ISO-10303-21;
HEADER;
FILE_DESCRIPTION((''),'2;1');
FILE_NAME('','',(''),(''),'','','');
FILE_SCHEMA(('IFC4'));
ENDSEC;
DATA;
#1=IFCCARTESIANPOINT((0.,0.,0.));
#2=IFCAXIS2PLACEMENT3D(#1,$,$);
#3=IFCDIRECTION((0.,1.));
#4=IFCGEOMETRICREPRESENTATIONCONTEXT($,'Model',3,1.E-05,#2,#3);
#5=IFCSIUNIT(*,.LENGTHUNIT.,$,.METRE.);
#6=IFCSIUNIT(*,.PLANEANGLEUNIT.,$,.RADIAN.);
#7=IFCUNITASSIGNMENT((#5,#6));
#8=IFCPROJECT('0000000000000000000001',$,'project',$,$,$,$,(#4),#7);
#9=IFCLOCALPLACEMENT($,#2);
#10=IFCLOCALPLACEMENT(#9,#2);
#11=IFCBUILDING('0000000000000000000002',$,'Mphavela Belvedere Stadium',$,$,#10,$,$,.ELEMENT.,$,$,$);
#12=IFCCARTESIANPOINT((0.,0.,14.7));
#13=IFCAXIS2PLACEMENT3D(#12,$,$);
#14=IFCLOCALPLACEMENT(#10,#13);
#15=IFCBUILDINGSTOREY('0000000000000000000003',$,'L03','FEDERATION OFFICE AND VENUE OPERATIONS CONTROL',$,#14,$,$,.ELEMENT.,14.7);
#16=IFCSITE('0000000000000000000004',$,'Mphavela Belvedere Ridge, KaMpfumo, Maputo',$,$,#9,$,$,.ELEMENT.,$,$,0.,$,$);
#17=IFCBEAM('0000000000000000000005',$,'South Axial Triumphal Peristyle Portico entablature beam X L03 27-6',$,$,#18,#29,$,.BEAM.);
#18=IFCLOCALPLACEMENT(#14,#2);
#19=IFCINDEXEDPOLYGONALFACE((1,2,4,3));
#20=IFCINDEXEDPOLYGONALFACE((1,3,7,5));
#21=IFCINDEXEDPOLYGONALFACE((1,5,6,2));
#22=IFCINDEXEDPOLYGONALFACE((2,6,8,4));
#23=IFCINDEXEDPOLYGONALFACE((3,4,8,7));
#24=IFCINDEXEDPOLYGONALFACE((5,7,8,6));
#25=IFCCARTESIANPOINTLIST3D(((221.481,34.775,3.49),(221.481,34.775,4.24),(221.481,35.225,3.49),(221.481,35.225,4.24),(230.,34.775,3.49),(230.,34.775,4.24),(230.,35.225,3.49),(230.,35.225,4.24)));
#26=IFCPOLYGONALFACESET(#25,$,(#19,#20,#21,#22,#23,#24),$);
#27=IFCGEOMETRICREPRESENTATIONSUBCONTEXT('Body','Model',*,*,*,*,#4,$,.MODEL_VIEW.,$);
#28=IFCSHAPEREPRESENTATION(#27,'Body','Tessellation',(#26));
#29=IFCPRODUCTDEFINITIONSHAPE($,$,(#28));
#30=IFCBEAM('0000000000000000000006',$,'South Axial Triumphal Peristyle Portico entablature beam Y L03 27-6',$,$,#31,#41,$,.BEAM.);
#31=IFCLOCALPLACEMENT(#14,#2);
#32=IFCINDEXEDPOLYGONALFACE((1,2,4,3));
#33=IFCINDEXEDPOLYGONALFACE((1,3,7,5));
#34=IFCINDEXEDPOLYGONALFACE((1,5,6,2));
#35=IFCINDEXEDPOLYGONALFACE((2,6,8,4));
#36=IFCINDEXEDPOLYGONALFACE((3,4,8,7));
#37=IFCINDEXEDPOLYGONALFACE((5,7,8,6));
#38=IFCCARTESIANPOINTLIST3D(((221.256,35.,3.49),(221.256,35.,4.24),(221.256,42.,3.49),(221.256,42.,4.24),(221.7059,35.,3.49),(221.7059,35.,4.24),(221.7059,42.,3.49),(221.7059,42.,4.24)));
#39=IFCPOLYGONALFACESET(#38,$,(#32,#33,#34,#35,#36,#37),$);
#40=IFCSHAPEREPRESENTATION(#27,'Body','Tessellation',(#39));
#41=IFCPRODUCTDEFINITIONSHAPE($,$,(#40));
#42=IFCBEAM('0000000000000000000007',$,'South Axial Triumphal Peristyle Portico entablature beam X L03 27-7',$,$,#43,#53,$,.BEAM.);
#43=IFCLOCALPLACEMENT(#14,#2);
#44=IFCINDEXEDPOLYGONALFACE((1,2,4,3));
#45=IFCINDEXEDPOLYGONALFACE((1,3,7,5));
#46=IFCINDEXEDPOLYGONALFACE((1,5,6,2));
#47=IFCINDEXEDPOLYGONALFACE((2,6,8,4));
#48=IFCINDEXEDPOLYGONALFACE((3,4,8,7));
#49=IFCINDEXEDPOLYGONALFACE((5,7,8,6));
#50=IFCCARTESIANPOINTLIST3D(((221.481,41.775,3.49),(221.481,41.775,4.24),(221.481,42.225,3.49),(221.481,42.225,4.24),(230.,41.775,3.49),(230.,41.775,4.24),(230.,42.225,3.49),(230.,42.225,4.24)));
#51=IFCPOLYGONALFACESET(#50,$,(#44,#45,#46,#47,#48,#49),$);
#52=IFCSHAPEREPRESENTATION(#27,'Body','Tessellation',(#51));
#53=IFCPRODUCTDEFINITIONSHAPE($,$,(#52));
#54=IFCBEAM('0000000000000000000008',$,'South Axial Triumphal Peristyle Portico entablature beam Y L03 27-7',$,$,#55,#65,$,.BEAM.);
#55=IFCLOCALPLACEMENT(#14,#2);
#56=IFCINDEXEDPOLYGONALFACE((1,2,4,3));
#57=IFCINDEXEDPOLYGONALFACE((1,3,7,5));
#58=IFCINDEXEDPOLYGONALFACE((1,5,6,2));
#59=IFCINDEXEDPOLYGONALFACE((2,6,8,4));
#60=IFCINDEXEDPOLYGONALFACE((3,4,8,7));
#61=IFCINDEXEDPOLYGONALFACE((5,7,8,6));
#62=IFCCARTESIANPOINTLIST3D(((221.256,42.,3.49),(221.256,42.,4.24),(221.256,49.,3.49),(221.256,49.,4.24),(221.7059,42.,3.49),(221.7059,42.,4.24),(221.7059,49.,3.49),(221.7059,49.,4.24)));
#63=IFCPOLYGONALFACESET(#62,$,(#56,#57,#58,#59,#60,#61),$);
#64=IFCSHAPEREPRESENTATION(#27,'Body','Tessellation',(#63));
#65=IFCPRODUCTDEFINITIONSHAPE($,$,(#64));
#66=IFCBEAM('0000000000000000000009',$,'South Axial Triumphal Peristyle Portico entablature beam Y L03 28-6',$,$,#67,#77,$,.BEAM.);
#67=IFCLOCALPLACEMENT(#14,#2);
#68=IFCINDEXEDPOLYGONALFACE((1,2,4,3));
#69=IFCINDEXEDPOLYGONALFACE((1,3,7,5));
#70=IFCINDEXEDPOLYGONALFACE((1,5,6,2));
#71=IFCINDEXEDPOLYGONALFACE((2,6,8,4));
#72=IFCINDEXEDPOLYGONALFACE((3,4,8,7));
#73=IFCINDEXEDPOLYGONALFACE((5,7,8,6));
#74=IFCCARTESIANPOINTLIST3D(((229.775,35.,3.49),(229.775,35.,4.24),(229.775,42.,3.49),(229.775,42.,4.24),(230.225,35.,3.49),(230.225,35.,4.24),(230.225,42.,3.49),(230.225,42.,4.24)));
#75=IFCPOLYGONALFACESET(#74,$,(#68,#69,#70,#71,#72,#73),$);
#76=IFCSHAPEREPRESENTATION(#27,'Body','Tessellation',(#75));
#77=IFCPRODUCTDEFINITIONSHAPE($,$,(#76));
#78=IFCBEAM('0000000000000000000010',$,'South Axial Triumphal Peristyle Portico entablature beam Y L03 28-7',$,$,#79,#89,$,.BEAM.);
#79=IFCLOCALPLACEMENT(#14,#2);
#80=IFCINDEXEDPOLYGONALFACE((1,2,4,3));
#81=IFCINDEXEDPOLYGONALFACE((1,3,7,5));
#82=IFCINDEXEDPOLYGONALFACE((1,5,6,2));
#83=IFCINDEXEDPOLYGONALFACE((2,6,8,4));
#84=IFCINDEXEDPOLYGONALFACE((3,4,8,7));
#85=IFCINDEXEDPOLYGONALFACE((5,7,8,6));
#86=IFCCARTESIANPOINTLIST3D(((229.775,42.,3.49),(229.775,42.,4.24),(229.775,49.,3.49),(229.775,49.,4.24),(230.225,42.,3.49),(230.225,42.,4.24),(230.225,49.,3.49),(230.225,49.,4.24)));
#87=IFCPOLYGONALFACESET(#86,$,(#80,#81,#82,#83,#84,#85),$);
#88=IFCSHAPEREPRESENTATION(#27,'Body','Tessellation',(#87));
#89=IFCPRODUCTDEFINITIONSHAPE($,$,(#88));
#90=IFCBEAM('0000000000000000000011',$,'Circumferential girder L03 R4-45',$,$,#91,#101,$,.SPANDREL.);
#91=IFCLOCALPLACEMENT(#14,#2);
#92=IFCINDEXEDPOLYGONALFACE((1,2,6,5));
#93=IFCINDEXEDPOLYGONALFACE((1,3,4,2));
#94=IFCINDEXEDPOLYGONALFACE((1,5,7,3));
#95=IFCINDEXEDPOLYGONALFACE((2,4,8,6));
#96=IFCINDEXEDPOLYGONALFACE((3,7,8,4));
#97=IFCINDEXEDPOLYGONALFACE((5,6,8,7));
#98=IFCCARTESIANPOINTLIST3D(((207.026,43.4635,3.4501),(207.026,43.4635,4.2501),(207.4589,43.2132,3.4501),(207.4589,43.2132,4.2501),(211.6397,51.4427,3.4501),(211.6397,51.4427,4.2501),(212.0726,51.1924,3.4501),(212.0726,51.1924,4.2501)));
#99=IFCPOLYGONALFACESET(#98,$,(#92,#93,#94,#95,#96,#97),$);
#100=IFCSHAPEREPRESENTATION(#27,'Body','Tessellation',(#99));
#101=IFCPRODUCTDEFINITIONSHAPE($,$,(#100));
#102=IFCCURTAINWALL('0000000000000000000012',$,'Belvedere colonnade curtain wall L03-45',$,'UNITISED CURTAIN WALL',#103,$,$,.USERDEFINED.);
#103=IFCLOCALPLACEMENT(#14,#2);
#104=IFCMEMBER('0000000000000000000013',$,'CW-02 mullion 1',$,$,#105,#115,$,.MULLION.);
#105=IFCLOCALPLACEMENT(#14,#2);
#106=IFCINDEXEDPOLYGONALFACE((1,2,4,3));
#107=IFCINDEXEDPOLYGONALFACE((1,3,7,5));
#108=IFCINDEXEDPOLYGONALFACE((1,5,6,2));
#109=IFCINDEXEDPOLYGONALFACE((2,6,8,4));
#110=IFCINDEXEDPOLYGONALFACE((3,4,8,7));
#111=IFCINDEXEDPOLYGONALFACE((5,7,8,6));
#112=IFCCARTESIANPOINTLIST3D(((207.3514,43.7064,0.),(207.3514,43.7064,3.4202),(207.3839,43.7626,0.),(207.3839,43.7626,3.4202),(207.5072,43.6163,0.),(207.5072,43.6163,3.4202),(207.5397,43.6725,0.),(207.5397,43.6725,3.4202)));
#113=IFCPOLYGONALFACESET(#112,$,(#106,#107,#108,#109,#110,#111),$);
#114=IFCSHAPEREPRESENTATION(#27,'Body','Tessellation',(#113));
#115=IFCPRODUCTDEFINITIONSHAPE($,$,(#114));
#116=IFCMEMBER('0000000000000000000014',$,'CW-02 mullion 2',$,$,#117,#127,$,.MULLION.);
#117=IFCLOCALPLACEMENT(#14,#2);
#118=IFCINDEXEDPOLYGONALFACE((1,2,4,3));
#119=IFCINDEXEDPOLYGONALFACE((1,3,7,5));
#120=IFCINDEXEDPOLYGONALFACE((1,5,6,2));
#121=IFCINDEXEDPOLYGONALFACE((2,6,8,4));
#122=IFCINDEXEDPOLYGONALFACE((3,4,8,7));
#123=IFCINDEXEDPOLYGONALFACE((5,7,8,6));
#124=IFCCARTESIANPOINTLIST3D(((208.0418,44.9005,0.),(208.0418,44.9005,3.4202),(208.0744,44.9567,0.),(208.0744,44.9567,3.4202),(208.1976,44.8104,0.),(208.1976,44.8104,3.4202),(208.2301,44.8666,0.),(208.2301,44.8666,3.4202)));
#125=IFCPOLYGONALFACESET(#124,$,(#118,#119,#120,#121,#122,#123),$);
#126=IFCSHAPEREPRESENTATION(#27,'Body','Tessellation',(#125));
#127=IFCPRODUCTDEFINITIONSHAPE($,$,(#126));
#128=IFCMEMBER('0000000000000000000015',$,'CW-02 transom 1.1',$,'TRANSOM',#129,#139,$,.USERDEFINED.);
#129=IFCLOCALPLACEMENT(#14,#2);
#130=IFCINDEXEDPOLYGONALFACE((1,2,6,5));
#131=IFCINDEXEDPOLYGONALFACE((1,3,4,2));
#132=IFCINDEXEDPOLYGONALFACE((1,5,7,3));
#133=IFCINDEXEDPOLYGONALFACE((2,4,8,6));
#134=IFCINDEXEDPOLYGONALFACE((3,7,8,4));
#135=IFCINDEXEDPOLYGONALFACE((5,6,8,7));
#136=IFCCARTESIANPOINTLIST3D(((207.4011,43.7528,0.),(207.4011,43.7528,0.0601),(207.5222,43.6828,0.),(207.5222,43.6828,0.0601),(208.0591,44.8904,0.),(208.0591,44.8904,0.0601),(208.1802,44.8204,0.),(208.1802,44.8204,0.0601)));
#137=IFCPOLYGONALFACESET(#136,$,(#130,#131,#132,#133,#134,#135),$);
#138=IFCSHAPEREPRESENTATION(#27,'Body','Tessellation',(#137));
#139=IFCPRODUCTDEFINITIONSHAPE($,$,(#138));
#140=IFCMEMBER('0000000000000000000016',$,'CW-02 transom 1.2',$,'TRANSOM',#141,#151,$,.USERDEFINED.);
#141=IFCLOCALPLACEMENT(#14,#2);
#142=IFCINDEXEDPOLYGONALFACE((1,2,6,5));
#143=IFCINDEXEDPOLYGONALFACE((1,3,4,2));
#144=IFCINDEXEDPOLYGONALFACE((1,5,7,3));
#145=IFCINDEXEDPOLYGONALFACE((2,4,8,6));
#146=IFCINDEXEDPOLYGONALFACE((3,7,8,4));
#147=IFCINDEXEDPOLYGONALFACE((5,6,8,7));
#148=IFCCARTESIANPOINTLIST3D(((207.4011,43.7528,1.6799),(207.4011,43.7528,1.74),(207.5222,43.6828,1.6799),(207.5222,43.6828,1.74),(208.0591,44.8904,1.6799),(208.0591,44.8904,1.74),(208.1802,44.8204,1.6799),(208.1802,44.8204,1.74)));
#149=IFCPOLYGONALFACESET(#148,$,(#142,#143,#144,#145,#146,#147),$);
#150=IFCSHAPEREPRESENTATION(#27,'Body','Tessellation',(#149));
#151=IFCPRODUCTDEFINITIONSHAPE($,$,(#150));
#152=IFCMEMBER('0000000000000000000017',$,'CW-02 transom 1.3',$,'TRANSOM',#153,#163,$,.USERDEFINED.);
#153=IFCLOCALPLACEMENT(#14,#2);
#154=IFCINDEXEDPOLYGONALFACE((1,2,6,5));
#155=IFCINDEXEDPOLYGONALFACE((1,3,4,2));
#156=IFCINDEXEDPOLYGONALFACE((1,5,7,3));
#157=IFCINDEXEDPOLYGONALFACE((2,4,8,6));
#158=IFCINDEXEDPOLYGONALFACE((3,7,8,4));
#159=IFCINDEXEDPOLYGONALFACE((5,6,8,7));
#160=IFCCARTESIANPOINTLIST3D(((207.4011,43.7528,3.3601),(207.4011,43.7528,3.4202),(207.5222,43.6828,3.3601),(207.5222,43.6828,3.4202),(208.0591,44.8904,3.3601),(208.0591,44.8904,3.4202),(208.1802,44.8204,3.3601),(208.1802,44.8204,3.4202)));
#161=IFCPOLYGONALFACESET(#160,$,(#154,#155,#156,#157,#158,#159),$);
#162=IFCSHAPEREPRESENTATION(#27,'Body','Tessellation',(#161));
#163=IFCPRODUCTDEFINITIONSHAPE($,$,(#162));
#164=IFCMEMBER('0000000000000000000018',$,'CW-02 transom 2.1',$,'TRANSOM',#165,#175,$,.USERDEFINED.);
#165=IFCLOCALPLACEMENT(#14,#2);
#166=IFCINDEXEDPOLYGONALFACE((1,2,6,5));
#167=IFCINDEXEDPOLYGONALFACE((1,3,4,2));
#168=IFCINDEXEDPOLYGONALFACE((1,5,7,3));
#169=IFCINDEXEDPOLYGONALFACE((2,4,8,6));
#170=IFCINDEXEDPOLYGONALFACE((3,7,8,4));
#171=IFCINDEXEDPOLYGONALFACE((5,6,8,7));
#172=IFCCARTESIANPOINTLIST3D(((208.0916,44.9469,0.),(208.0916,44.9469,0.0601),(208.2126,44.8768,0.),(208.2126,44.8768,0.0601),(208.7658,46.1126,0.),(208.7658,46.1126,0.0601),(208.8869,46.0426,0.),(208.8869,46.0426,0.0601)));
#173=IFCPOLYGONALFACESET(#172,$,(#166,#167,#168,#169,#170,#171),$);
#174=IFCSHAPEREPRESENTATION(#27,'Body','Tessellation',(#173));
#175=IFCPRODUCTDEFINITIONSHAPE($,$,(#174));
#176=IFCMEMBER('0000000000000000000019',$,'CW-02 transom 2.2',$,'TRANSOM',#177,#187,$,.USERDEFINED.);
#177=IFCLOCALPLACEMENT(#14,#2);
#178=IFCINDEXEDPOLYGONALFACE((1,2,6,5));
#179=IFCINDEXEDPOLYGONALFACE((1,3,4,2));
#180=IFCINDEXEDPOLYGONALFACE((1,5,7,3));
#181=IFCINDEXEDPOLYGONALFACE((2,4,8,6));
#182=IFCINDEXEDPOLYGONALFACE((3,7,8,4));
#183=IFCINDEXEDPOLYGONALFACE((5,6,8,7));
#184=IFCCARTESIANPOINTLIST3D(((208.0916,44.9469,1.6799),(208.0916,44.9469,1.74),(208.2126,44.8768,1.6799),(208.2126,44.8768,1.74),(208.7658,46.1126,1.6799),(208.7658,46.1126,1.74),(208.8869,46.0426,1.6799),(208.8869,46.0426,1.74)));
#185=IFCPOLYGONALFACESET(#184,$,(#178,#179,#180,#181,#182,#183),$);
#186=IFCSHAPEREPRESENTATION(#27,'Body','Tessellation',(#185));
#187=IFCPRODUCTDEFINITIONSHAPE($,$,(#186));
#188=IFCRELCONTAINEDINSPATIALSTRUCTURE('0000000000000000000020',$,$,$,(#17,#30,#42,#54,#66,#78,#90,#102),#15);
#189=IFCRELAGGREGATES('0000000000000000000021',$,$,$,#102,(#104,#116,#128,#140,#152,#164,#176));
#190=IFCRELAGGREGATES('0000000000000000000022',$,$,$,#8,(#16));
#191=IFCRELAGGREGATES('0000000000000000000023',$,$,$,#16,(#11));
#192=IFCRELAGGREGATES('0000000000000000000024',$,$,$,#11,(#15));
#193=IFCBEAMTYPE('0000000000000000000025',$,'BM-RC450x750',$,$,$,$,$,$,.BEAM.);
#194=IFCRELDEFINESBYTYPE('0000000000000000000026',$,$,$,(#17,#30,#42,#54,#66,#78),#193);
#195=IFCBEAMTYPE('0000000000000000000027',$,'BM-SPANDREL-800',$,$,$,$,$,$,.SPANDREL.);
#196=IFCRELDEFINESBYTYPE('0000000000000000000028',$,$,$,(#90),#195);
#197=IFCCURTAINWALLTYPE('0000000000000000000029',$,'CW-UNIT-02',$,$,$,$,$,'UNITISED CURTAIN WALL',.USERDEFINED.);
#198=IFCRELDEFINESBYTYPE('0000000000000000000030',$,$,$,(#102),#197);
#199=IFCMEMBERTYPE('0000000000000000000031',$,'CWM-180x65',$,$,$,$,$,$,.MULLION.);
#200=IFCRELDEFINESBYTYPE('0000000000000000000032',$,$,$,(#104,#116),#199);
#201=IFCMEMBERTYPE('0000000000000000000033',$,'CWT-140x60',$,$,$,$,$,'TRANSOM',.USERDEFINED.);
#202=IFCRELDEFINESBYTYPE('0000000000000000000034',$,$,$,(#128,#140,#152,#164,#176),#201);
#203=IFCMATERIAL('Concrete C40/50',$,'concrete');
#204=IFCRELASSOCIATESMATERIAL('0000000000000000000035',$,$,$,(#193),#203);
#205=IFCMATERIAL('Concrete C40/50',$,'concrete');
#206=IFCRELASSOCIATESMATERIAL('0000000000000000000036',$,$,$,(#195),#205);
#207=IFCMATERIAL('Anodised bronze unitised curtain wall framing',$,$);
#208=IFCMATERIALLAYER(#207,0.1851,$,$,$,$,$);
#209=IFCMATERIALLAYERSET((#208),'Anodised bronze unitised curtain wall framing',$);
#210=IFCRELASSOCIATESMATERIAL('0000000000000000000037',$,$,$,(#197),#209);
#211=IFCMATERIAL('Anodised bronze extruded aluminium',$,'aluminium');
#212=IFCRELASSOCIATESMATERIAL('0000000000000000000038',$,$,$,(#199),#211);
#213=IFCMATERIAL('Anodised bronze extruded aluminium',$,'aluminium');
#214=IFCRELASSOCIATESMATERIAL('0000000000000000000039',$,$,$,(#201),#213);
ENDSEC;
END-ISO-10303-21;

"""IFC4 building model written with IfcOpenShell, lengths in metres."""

from ifc_helpers import new_model, si_unit, direction, frame, origin, origin_2d, place, context, subcontext, project, spatial, rectangle, extrude, material, layer, layer_set, material_profile, profile_set, type_object, element, aggregate, save


model = new_model("IFC4")

# Units and contexts
model_context = context("Model", 3, precision=1e-05, world=origin(), true_north=direction((0.0, 1.0)))
body_context = subcontext(model_context, "Body", "Model", "MODEL_VIEW")
ifc_project = project(units=[si_unit("LENGTHUNIT", "METRE"), si_unit("PLANEANGLEUNIT", "RADIAN")], contexts=[model_context])

# Site, building, storey
site_placement = place(None, origin())
site = spatial("IfcSite", under=ifc_project, at=site_placement, Name="Mphavela Belvedere Ridge, KaMpfumo, Maputo", CompositionType="ELEMENT", RefElevation=0.0)
building_placement = place(site_placement, origin())
building = spatial("IfcBuilding", under=site, at=building_placement, Name="Mphavela Belvedere Stadium", CompositionType="ELEMENT")
storey_placement = place(building_placement, frame((0.0, 0.0, 14.7)))
storey = spatial("IfcBuildingStorey", under=building, at=storey_placement, Name="L03", Description="FEDERATION OFFICE AND VENUE OPERATIONS CONTROL", CompositionType="ELEMENT", Elevation=14.7)

# Beams
ifc_material_1 = material(Name="Concrete C40/50", Category="concrete")
ifc_material_profile_1 = material_profile(ifc_material_1, rectangle(XDim=0.45, YDim=0.75, at=origin_2d()), Name="RC 450x750")
ifc_profile_set_1 = profile_set([ifc_material_profile_1], Name="Concrete C40/50")
beam_type_1 = type_object("IfcBeamType", Name="BM-RC450x750", PredefinedType="BEAM", material=ifc_profile_set_1)
beam_1_placement = place(storey_placement, frame((221.481, 35.0, 3.865), z_axis=(1.0, 0.0, 0.0), x_axis=(0.0, 1.0, 0.0)))
element("IfcBeam", 1, at=beam_1_placement, inside=storey, type_object=beam_type_1, Name="South Axial Triumphal Peristyle Portico entablature beam X L03 27-6", PredefinedType="BEAM", context=body_context, shape_type="SweptSolid", body=[
    extrude(rectangle(XDim=0.45, YDim=0.75, at=origin_2d()), origin(), (0.0, 0.0, 1.0), 8.519),
])
beam_2_placement = place(storey_placement, frame((221.481, 35.0, 3.865), z_axis=(0.0, 1.0, 0.0), x_axis=(-1.0, 0.0, 0.0)))
element("IfcBeam", 2, at=beam_2_placement, inside=storey, type_object=beam_type_1, Name="South Axial Triumphal Peristyle Portico entablature beam Y L03 27-6", PredefinedType="BEAM", context=body_context, shape_type="SweptSolid", body=[
    extrude(rectangle(XDim=0.45, YDim=0.75, at=origin_2d()), origin(), (0.0, 0.0, 1.0), 7.0),
])
beam_3_placement = place(storey_placement, frame((221.481, 42.0, 3.865), z_axis=(1.0, 0.0, 0.0), x_axis=(0.0, 1.0, 0.0)))
element("IfcBeam", 3, at=beam_3_placement, inside=storey, type_object=beam_type_1, Name="South Axial Triumphal Peristyle Portico entablature beam X L03 27-7", PredefinedType="BEAM", context=body_context, shape_type="SweptSolid", body=[
    extrude(rectangle(XDim=0.45, YDim=0.75, at=origin_2d()), origin(), (0.0, 0.0, 1.0), 8.519),
])
for number, where, z_axis, x_axis, name in (
    (4, (221.481, 42.0, 3.865), (0.0, 1.0, 0.0), (-1.0, 0.0, 0.0), "South Axial Triumphal Peristyle Portico entablature beam Y L03 27-7"),
    (5, (230.0, 35.0, 3.865), (0.0, 1.0, 0.0), (-1.0, 0.0, 0.0), "South Axial Triumphal Peristyle Portico entablature beam Y L03 28-6"),
    (6, (230.0, 42.0, 3.865), (0.0, 1.0, 0.0), (-1.0, 0.0, 0.0), "South Axial Triumphal Peristyle Portico entablature beam Y L03 28-7"),
):
    element("IfcBeam", number, at=place(storey_placement, frame(where, z_axis=z_axis, x_axis=x_axis)), inside=storey, type_object=beam_type_1, Name=name, PredefinedType="BEAM", context=body_context, shape_type="SweptSolid", body=[
        extrude(rectangle(XDim=0.45, YDim=0.75, at=origin_2d()), origin(), (0.0, 0.0, 1.0), 7.0),
    ])
ifc_material_2 = material(Name="Concrete C40/50", Category="concrete")
ifc_material_profile_2 = material_profile(ifc_material_2, rectangle(XDim=0.5, YDim=0.8, at=origin_2d()), Name="RC 500x800")
ifc_profile_set_2 = profile_set([ifc_material_profile_2], Name="Concrete C40/50")
beam_type_2 = type_object("IfcBeamType", Name="BM-SPANDREL-800", PredefinedType="SPANDREL", material=ifc_profile_set_2)
beam_4_placement = place(storey_placement, frame((207.2424, 43.3384, 3.8501), z_axis=(0.500565, 0.865699, 0.0), x_axis=(-0.865699, 0.500565, 0.0)))
element("IfcBeam", 7, at=beam_4_placement, inside=storey, type_object=beam_type_2, Name="Circumferential girder L03 R4-45", PredefinedType="SPANDREL", context=body_context, shape_type="SweptSolid", body=[
    extrude(rectangle(XDim=0.5, YDim=0.8, at=origin_2d()), origin(), (0.0, 0.0, 1.0), 9.217),
])

# Curtain wall, members
ifc_material_3 = material(Name="Anodised bronze unitised curtain wall framing")
ifc_layer_1 = layer(ifc_material_3, 0.1851)
ifc_layer_set_1 = layer_set([ifc_layer_1], Name="Anodised bronze unitised curtain wall framing")
curtain_wall_type = type_object("IfcCurtainWallType", Name="CW-UNIT-02", ElementType="UNITISED CURTAIN WALL", PredefinedType="USERDEFINED", material=ifc_layer_set_1)
curtain_wall_placement = place(storey_placement, origin())
curtain_wall = element("IfcCurtainWall", 8, at=curtain_wall_placement, inside=storey, type_object=curtain_wall_type, Name="Belvedere colonnade curtain wall L03-45", ObjectType="UNITISED CURTAIN WALL", PredefinedType="USERDEFINED")
ifc_material_4 = material(Name="Anodised bronze extruded aluminium", Category="aluminium")
ifc_material_profile_3 = material_profile(ifc_material_4, rectangle(XDim=0.1799, YDim=0.0649, at=origin_2d()), Name="CW-MUL 180x65")
ifc_profile_set_3 = profile_set([ifc_material_profile_3], Name="Anodised bronze extruded aluminium")
member_type_1 = type_object("IfcMemberType", Name="CWM-180x65", PredefinedType="MULLION", material=ifc_profile_set_3)
member_1_placement = place(storey_placement, frame((207.4456, 43.6895, 0.0), z_axis=(0.0, 0.0, 1.0), x_axis=(-0.865705, 0.500554, 0.0)))
member_1 = element("IfcMember", 9, at=member_1_placement, type_object=member_type_1, Name="CW-02 mullion 1", PredefinedType="MULLION", context=body_context, shape_type="SweptSolid", body=[
    extrude(rectangle(XDim=0.1799, YDim=0.0649, at=origin_2d()), origin(), (0.0, 0.0, 1.0), 3.4202),
])
member_2_placement = place(storey_placement, frame((208.136, 44.8835, 0.0), z_axis=(0.0, 0.0, 1.0), x_axis=(-0.865705, 0.500554, 0.0)))
member_2 = element("IfcMember", 10, at=member_2_placement, type_object=member_type_1, Name="CW-02 mullion 2", PredefinedType="MULLION", context=body_context, shape_type="SweptSolid", body=[
    extrude(rectangle(XDim=0.1799, YDim=0.0649, at=origin_2d()), origin(), (0.0, 0.0, 1.0), 3.4202),
])
ifc_material_5 = material(Name="Anodised bronze extruded aluminium", Category="aluminium")
ifc_material_profile_4 = material_profile(ifc_material_5, rectangle(XDim=0.1399, YDim=0.0601, at=origin_2d()), Name="CW-TRN 140x60")
ifc_profile_set_4 = profile_set([ifc_material_profile_4], Name="Anodised bronze extruded aluminium")
member_type_2 = type_object("IfcMemberType", Name="CWT-140x60", ElementType="TRANSOM", PredefinedType="USERDEFINED", material=ifc_profile_set_4)
member_3_placement = place(storey_placement, frame((207.4617, 43.7178, 0.03), z_axis=(0.500633, 0.865659, 0.0), x_axis=(-0.865659, 0.500633, 0.0)))
member_3 = element("IfcMember", 11, at=member_3_placement, type_object=member_type_2, Name="CW-02 transom 1.1", ObjectType="TRANSOM", PredefinedType="USERDEFINED", context=body_context, shape_type="SweptSolid", body=[
    extrude(rectangle(XDim=0.1399, YDim=0.0601, at=origin_2d()), origin(), (0.0, 0.0, 1.0), 1.3142),
])
member_4_placement = place(storey_placement, frame((207.4617, 43.7178, 1.71), z_axis=(0.500633, 0.865659, 0.0), x_axis=(-0.865659, 0.500633, 0.0)))
member_4 = element("IfcMember", 12, at=member_4_placement, type_object=member_type_2, Name="CW-02 transom 1.2", ObjectType="TRANSOM", PredefinedType="USERDEFINED", context=body_context, shape_type="SweptSolid", body=[
    extrude(rectangle(XDim=0.1399, YDim=0.0601, at=origin_2d()), origin(), (0.0, 0.0, 1.0), 1.3142),
])
member_5_placement = place(storey_placement, frame((207.4617, 43.7178, 3.3901), z_axis=(0.500633, 0.865659, 0.0), x_axis=(-0.865659, 0.500633, 0.0)))
member_5 = element("IfcMember", 13, at=member_5_placement, type_object=member_type_2, Name="CW-02 transom 1.3", ObjectType="TRANSOM", PredefinedType="USERDEFINED", context=body_context, shape_type="SweptSolid", body=[
    extrude(rectangle(XDim=0.1399, YDim=0.0601, at=origin_2d()), origin(), (0.0, 0.0, 1.0), 1.3142),
])
member_6_placement = place(storey_placement, frame((208.1521, 44.9119, 0.03), z_axis=(0.5007, 0.865621, 0.0), x_axis=(-0.865621, 0.5007, 0.0)))
member_6 = element("IfcMember", 14, at=member_6_placement, type_object=member_type_2, Name="CW-02 transom 2.1", ObjectType="TRANSOM", PredefinedType="USERDEFINED", context=body_context, shape_type="SweptSolid", body=[
    extrude(rectangle(XDim=0.1399, YDim=0.0601, at=origin_2d()), origin(), (0.0, 0.0, 1.0), 1.3467),
])
member_7_placement = place(storey_placement, frame((208.1521, 44.9119, 1.71), z_axis=(0.5007, 0.865621, 0.0), x_axis=(-0.865621, 0.5007, 0.0)))
member_7 = element("IfcMember", 15, at=member_7_placement, type_object=member_type_2, Name="CW-02 transom 2.2", ObjectType="TRANSOM", PredefinedType="USERDEFINED", context=body_context, shape_type="SweptSolid", body=[
    extrude(rectangle(XDim=0.1399, YDim=0.0601, at=origin_2d()), origin(), (0.0, 0.0, 1.0), 1.3467),
])
aggregate(curtain_wall, [member_1, member_2, member_3, member_4, member_5, member_6, member_7])

save(model, "model.ifc")
